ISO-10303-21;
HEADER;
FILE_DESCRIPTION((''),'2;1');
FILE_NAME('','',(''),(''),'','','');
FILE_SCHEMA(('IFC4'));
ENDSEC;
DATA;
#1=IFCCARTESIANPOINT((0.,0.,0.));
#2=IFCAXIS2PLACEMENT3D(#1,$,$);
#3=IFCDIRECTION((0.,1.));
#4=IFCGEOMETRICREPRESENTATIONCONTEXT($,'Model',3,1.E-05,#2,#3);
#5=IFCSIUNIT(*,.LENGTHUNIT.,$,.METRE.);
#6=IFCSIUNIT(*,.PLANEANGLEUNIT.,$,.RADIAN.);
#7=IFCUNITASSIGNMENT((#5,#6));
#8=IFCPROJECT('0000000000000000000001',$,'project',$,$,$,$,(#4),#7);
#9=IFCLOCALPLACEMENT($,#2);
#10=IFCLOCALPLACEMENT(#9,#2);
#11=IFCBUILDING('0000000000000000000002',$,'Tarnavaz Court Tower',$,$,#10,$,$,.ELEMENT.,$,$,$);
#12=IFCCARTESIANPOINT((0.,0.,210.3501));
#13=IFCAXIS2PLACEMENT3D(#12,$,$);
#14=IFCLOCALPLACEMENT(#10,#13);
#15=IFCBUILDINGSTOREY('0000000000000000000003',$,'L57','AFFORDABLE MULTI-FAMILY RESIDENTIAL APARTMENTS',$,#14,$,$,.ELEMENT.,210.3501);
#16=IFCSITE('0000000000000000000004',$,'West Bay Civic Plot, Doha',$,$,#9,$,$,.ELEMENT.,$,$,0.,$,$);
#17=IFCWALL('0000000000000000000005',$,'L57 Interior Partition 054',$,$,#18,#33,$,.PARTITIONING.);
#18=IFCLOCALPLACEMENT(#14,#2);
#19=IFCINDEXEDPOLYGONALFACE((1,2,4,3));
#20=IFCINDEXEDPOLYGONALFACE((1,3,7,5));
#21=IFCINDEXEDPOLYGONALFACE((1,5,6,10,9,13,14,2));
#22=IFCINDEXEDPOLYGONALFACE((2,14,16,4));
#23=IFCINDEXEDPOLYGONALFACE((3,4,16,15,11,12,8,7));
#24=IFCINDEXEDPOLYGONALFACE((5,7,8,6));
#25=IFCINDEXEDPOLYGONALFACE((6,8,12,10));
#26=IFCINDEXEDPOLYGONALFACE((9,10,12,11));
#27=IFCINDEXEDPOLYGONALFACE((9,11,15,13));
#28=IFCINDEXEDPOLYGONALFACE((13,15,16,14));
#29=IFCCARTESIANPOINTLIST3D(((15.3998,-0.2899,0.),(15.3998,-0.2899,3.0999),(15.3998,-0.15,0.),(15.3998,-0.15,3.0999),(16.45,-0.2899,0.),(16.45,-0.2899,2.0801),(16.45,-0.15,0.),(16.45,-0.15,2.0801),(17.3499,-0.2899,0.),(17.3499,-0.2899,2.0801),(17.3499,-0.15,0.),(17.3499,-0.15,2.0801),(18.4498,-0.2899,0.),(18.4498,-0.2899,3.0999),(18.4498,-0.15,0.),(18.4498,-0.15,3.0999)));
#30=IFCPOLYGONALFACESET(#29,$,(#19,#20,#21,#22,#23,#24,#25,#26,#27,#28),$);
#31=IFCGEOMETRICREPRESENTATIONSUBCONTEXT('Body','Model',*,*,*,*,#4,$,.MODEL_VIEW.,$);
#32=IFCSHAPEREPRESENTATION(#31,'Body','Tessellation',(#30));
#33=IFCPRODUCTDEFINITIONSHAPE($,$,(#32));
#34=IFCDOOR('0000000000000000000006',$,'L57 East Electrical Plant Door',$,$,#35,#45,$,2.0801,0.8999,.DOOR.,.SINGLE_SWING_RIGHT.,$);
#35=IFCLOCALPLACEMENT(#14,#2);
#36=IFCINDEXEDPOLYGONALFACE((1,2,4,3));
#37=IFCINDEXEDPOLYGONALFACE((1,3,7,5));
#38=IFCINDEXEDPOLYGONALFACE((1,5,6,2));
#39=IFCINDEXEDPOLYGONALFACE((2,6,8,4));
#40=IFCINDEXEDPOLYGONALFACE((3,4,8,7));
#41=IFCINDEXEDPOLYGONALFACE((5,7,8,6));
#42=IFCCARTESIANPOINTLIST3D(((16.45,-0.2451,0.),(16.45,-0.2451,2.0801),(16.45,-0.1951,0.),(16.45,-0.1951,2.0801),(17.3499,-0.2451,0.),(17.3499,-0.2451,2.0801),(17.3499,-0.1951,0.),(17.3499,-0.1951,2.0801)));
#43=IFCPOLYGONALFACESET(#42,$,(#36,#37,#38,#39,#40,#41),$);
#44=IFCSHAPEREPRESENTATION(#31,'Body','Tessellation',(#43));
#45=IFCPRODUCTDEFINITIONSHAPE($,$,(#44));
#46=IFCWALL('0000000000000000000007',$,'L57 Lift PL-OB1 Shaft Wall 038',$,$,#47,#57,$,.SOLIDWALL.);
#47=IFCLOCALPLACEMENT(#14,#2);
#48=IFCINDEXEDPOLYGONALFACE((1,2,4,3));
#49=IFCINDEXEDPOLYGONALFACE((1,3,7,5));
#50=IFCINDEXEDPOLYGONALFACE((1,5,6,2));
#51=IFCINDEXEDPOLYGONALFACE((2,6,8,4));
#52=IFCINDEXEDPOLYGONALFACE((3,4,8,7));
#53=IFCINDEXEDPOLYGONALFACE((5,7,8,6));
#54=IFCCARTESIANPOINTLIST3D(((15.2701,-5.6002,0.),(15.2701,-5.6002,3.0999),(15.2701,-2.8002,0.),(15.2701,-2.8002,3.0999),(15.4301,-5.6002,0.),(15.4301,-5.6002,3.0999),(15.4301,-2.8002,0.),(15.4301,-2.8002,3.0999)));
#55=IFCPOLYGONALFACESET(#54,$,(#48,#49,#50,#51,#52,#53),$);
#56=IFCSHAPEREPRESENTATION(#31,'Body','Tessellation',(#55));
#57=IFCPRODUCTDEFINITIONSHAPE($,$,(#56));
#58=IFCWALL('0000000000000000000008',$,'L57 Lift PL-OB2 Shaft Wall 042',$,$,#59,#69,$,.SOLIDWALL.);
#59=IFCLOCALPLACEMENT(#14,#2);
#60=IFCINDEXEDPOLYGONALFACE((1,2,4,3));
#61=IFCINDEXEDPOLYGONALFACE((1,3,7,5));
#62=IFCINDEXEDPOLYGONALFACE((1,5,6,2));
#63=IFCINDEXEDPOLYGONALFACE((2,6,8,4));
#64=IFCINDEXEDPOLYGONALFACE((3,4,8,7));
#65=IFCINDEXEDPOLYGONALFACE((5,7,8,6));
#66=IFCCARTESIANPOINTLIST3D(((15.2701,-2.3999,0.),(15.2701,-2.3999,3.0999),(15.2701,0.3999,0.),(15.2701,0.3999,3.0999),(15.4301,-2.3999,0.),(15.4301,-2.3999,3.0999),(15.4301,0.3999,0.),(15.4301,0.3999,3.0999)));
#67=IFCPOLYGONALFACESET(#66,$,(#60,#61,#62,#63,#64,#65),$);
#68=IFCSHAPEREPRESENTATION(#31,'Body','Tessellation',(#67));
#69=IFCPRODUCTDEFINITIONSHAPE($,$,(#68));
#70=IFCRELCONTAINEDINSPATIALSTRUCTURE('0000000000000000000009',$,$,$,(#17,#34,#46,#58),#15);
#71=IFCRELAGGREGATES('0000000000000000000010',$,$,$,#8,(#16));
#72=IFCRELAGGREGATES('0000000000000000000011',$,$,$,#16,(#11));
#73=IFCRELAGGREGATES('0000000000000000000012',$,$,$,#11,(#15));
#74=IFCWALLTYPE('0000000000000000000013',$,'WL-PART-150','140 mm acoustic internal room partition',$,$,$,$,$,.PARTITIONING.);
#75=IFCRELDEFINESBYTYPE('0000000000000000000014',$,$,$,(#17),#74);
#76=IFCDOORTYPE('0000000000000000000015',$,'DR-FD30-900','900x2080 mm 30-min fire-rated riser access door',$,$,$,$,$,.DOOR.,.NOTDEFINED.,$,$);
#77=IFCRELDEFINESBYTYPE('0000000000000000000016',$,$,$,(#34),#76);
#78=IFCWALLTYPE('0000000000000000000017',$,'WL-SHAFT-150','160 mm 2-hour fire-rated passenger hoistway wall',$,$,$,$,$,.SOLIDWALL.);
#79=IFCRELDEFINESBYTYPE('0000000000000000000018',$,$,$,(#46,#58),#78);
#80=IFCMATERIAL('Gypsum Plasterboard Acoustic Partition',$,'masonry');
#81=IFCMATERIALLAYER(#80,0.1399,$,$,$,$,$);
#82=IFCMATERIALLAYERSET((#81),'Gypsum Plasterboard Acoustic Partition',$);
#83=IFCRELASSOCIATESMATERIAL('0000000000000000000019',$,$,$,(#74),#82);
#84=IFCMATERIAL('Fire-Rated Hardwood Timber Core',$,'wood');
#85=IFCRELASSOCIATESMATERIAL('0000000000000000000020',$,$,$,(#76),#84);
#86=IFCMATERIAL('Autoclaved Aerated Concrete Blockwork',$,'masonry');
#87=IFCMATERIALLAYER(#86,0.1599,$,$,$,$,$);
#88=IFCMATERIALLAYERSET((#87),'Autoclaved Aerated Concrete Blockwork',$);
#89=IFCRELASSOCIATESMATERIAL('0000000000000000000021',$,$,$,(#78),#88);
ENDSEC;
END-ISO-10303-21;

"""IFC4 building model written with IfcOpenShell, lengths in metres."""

from ifc_helpers import new_model, si_unit, direction, frame, frame_2d, origin, place, context, subcontext, project, spatial, rectangle, extrude, material, layer, layer_set, type_object, element, fill, save


model = new_model("IFC4")

# Units and contexts
model_context = context("Model", 3, precision=1e-05, world=origin(), true_north=direction((0.0, 1.0)))
body_context = subcontext(model_context, "Body", "Model", "MODEL_VIEW")
ifc_project = project(units=[si_unit("LENGTHUNIT", "METRE"), si_unit("PLANEANGLEUNIT", "RADIAN")], contexts=[model_context])

# Site, building, storey
site_placement = place(None, origin())
site = spatial("IfcSite", under=ifc_project, at=site_placement, Name="West Bay Civic Plot, Doha", CompositionType="ELEMENT", RefElevation=0.0)
building_placement = place(site_placement, origin())
building = spatial("IfcBuilding", under=site, at=building_placement, Name="Tarnavaz Court Tower", CompositionType="ELEMENT")
storey_placement = place(building_placement, frame((0.0, 0.0, 210.3501)))
storey = spatial("IfcBuildingStorey", under=building, at=storey_placement, Name="L57", Description="AFFORDABLE MULTI-FAMILY RESIDENTIAL APARTMENTS", CompositionType="ELEMENT", Elevation=210.3501)

# Shared definitions
ifc_material_1 = material(Name="Fire-Rated Hardwood Timber Core", Category="wood")

# Wall, opening, door
ifc_material_2 = material(Name="Gypsum Plasterboard Acoustic Partition", Category="masonry")
ifc_layer_1 = layer(ifc_material_2, 0.1399)
ifc_layer_set_1 = layer_set([ifc_layer_1], Name="Gypsum Plasterboard Acoustic Partition")
wall_type_1 = type_object("IfcWallType", Name="WL-PART-150", Description="140 mm acoustic internal room partition", PredefinedType="PARTITIONING", material=ifc_layer_set_1)
door_type_1 = type_object("IfcDoorType", Name="DR-FD30-900", Description="900x2080 mm 30-min fire-rated riser access door", OperationType="NOTDEFINED", PredefinedType="DOOR", material=ifc_material_1)
wall_1_placement = place(storey_placement, frame((15.3999, -0.22, 0.0), z_axis=(0.0, 0.0, 1.0), x_axis=(1.0, 0.0, 0.0)))
wall_1 = element("IfcWall", 1, at=wall_1_placement, inside=storey, type_object=wall_type_1, Name="L57 Interior Partition 054", PredefinedType="PARTITIONING", context=body_context, shape_type="SweptSolid", body=[
    extrude(rectangle(XDim=3.05, YDim=0.1399, at=frame_2d((1.5249, 0.0))), origin(), (0.0, 0.0, 1.0), 3.0999),
])
opening_1_placement = place(wall_1_placement, frame((1.05, 0.0, 0.0)))
opening_1 = element("IfcOpeningElement", 2, at=opening_1_placement, cuts=wall_1, PredefinedType="OPENING", context=body_context, shape_type="SweptSolid", body=[
    extrude(rectangle(XDim=0.8999, YDim=2.0801, at=frame_2d((0.45, 1.04))), frame((0.0, 0.0798, 0.0), z_axis=(0.0, -1.0, 0.0), x_axis=(1.0, 0.0, 0.0)), (0.0, 0.0, 1.0), 0.1599),
])
door_1_placement = place(opening_1_placement, origin())
door_1 = element("IfcDoor", 3, at=door_1_placement, inside=storey, type_object=door_type_1, Name="L57 East Electrical Plant Door", OperationType="SINGLE_SWING_RIGHT", OverallHeight=2.0801, OverallWidth=0.8999, PredefinedType="DOOR", context=body_context, shape_type="SweptSolid", body=[
    extrude(rectangle(XDim=0.8999, YDim=2.0801, at=frame_2d((0.45, 1.04))), frame((0.0, 0.0249, 0.0), z_axis=(0.0, -1.0, 0.0), x_axis=(1.0, 0.0, 0.0)), (0.0, 0.0, 1.0), 0.05),
])
fill(opening_1, door_1)

# Walls
ifc_material_3 = material(Name="Autoclaved Aerated Concrete Blockwork", Category="masonry")
ifc_layer_2 = layer(ifc_material_3, 0.1599)
ifc_layer_set_2 = layer_set([ifc_layer_2], Name="Autoclaved Aerated Concrete Blockwork")
wall_type_2 = type_object("IfcWallType", Name="WL-SHAFT-150", Description="160 mm 2-hour fire-rated passenger hoistway wall", PredefinedType="SOLIDWALL", material=ifc_layer_set_2)
wall_2_placement = place(storey_placement, frame((15.3501, -5.6001, 0.0), z_axis=(0.0, 0.0, 1.0), x_axis=(0.0, 1.0, 0.0)))
element("IfcWall", 4, at=wall_2_placement, inside=storey, type_object=wall_type_2, Name="L57 Lift PL-OB1 Shaft Wall 038", PredefinedType="SOLIDWALL", context=body_context, shape_type="SweptSolid", body=[
    extrude(rectangle(XDim=2.8, YDim=0.1599, at=frame_2d((1.3999, 0.0))), origin(), (0.0, 0.0, 1.0), 3.0999),
])
wall_3_placement = place(storey_placement, frame((15.3501, -2.3999, 0.0), z_axis=(0.0, 0.0, 1.0), x_axis=(0.0, 1.0, 0.0)))
element("IfcWall", 5, at=wall_3_placement, inside=storey, type_object=wall_type_2, Name="L57 Lift PL-OB2 Shaft Wall 042", PredefinedType="SOLIDWALL", context=body_context, shape_type="SweptSolid", body=[
    extrude(rectangle(XDim=2.7998, YDim=0.1599, at=frame_2d((1.3999, 0.0))), origin(), (0.0, 0.0, 1.0), 3.0999),
])

save(model, "model.ifc")
